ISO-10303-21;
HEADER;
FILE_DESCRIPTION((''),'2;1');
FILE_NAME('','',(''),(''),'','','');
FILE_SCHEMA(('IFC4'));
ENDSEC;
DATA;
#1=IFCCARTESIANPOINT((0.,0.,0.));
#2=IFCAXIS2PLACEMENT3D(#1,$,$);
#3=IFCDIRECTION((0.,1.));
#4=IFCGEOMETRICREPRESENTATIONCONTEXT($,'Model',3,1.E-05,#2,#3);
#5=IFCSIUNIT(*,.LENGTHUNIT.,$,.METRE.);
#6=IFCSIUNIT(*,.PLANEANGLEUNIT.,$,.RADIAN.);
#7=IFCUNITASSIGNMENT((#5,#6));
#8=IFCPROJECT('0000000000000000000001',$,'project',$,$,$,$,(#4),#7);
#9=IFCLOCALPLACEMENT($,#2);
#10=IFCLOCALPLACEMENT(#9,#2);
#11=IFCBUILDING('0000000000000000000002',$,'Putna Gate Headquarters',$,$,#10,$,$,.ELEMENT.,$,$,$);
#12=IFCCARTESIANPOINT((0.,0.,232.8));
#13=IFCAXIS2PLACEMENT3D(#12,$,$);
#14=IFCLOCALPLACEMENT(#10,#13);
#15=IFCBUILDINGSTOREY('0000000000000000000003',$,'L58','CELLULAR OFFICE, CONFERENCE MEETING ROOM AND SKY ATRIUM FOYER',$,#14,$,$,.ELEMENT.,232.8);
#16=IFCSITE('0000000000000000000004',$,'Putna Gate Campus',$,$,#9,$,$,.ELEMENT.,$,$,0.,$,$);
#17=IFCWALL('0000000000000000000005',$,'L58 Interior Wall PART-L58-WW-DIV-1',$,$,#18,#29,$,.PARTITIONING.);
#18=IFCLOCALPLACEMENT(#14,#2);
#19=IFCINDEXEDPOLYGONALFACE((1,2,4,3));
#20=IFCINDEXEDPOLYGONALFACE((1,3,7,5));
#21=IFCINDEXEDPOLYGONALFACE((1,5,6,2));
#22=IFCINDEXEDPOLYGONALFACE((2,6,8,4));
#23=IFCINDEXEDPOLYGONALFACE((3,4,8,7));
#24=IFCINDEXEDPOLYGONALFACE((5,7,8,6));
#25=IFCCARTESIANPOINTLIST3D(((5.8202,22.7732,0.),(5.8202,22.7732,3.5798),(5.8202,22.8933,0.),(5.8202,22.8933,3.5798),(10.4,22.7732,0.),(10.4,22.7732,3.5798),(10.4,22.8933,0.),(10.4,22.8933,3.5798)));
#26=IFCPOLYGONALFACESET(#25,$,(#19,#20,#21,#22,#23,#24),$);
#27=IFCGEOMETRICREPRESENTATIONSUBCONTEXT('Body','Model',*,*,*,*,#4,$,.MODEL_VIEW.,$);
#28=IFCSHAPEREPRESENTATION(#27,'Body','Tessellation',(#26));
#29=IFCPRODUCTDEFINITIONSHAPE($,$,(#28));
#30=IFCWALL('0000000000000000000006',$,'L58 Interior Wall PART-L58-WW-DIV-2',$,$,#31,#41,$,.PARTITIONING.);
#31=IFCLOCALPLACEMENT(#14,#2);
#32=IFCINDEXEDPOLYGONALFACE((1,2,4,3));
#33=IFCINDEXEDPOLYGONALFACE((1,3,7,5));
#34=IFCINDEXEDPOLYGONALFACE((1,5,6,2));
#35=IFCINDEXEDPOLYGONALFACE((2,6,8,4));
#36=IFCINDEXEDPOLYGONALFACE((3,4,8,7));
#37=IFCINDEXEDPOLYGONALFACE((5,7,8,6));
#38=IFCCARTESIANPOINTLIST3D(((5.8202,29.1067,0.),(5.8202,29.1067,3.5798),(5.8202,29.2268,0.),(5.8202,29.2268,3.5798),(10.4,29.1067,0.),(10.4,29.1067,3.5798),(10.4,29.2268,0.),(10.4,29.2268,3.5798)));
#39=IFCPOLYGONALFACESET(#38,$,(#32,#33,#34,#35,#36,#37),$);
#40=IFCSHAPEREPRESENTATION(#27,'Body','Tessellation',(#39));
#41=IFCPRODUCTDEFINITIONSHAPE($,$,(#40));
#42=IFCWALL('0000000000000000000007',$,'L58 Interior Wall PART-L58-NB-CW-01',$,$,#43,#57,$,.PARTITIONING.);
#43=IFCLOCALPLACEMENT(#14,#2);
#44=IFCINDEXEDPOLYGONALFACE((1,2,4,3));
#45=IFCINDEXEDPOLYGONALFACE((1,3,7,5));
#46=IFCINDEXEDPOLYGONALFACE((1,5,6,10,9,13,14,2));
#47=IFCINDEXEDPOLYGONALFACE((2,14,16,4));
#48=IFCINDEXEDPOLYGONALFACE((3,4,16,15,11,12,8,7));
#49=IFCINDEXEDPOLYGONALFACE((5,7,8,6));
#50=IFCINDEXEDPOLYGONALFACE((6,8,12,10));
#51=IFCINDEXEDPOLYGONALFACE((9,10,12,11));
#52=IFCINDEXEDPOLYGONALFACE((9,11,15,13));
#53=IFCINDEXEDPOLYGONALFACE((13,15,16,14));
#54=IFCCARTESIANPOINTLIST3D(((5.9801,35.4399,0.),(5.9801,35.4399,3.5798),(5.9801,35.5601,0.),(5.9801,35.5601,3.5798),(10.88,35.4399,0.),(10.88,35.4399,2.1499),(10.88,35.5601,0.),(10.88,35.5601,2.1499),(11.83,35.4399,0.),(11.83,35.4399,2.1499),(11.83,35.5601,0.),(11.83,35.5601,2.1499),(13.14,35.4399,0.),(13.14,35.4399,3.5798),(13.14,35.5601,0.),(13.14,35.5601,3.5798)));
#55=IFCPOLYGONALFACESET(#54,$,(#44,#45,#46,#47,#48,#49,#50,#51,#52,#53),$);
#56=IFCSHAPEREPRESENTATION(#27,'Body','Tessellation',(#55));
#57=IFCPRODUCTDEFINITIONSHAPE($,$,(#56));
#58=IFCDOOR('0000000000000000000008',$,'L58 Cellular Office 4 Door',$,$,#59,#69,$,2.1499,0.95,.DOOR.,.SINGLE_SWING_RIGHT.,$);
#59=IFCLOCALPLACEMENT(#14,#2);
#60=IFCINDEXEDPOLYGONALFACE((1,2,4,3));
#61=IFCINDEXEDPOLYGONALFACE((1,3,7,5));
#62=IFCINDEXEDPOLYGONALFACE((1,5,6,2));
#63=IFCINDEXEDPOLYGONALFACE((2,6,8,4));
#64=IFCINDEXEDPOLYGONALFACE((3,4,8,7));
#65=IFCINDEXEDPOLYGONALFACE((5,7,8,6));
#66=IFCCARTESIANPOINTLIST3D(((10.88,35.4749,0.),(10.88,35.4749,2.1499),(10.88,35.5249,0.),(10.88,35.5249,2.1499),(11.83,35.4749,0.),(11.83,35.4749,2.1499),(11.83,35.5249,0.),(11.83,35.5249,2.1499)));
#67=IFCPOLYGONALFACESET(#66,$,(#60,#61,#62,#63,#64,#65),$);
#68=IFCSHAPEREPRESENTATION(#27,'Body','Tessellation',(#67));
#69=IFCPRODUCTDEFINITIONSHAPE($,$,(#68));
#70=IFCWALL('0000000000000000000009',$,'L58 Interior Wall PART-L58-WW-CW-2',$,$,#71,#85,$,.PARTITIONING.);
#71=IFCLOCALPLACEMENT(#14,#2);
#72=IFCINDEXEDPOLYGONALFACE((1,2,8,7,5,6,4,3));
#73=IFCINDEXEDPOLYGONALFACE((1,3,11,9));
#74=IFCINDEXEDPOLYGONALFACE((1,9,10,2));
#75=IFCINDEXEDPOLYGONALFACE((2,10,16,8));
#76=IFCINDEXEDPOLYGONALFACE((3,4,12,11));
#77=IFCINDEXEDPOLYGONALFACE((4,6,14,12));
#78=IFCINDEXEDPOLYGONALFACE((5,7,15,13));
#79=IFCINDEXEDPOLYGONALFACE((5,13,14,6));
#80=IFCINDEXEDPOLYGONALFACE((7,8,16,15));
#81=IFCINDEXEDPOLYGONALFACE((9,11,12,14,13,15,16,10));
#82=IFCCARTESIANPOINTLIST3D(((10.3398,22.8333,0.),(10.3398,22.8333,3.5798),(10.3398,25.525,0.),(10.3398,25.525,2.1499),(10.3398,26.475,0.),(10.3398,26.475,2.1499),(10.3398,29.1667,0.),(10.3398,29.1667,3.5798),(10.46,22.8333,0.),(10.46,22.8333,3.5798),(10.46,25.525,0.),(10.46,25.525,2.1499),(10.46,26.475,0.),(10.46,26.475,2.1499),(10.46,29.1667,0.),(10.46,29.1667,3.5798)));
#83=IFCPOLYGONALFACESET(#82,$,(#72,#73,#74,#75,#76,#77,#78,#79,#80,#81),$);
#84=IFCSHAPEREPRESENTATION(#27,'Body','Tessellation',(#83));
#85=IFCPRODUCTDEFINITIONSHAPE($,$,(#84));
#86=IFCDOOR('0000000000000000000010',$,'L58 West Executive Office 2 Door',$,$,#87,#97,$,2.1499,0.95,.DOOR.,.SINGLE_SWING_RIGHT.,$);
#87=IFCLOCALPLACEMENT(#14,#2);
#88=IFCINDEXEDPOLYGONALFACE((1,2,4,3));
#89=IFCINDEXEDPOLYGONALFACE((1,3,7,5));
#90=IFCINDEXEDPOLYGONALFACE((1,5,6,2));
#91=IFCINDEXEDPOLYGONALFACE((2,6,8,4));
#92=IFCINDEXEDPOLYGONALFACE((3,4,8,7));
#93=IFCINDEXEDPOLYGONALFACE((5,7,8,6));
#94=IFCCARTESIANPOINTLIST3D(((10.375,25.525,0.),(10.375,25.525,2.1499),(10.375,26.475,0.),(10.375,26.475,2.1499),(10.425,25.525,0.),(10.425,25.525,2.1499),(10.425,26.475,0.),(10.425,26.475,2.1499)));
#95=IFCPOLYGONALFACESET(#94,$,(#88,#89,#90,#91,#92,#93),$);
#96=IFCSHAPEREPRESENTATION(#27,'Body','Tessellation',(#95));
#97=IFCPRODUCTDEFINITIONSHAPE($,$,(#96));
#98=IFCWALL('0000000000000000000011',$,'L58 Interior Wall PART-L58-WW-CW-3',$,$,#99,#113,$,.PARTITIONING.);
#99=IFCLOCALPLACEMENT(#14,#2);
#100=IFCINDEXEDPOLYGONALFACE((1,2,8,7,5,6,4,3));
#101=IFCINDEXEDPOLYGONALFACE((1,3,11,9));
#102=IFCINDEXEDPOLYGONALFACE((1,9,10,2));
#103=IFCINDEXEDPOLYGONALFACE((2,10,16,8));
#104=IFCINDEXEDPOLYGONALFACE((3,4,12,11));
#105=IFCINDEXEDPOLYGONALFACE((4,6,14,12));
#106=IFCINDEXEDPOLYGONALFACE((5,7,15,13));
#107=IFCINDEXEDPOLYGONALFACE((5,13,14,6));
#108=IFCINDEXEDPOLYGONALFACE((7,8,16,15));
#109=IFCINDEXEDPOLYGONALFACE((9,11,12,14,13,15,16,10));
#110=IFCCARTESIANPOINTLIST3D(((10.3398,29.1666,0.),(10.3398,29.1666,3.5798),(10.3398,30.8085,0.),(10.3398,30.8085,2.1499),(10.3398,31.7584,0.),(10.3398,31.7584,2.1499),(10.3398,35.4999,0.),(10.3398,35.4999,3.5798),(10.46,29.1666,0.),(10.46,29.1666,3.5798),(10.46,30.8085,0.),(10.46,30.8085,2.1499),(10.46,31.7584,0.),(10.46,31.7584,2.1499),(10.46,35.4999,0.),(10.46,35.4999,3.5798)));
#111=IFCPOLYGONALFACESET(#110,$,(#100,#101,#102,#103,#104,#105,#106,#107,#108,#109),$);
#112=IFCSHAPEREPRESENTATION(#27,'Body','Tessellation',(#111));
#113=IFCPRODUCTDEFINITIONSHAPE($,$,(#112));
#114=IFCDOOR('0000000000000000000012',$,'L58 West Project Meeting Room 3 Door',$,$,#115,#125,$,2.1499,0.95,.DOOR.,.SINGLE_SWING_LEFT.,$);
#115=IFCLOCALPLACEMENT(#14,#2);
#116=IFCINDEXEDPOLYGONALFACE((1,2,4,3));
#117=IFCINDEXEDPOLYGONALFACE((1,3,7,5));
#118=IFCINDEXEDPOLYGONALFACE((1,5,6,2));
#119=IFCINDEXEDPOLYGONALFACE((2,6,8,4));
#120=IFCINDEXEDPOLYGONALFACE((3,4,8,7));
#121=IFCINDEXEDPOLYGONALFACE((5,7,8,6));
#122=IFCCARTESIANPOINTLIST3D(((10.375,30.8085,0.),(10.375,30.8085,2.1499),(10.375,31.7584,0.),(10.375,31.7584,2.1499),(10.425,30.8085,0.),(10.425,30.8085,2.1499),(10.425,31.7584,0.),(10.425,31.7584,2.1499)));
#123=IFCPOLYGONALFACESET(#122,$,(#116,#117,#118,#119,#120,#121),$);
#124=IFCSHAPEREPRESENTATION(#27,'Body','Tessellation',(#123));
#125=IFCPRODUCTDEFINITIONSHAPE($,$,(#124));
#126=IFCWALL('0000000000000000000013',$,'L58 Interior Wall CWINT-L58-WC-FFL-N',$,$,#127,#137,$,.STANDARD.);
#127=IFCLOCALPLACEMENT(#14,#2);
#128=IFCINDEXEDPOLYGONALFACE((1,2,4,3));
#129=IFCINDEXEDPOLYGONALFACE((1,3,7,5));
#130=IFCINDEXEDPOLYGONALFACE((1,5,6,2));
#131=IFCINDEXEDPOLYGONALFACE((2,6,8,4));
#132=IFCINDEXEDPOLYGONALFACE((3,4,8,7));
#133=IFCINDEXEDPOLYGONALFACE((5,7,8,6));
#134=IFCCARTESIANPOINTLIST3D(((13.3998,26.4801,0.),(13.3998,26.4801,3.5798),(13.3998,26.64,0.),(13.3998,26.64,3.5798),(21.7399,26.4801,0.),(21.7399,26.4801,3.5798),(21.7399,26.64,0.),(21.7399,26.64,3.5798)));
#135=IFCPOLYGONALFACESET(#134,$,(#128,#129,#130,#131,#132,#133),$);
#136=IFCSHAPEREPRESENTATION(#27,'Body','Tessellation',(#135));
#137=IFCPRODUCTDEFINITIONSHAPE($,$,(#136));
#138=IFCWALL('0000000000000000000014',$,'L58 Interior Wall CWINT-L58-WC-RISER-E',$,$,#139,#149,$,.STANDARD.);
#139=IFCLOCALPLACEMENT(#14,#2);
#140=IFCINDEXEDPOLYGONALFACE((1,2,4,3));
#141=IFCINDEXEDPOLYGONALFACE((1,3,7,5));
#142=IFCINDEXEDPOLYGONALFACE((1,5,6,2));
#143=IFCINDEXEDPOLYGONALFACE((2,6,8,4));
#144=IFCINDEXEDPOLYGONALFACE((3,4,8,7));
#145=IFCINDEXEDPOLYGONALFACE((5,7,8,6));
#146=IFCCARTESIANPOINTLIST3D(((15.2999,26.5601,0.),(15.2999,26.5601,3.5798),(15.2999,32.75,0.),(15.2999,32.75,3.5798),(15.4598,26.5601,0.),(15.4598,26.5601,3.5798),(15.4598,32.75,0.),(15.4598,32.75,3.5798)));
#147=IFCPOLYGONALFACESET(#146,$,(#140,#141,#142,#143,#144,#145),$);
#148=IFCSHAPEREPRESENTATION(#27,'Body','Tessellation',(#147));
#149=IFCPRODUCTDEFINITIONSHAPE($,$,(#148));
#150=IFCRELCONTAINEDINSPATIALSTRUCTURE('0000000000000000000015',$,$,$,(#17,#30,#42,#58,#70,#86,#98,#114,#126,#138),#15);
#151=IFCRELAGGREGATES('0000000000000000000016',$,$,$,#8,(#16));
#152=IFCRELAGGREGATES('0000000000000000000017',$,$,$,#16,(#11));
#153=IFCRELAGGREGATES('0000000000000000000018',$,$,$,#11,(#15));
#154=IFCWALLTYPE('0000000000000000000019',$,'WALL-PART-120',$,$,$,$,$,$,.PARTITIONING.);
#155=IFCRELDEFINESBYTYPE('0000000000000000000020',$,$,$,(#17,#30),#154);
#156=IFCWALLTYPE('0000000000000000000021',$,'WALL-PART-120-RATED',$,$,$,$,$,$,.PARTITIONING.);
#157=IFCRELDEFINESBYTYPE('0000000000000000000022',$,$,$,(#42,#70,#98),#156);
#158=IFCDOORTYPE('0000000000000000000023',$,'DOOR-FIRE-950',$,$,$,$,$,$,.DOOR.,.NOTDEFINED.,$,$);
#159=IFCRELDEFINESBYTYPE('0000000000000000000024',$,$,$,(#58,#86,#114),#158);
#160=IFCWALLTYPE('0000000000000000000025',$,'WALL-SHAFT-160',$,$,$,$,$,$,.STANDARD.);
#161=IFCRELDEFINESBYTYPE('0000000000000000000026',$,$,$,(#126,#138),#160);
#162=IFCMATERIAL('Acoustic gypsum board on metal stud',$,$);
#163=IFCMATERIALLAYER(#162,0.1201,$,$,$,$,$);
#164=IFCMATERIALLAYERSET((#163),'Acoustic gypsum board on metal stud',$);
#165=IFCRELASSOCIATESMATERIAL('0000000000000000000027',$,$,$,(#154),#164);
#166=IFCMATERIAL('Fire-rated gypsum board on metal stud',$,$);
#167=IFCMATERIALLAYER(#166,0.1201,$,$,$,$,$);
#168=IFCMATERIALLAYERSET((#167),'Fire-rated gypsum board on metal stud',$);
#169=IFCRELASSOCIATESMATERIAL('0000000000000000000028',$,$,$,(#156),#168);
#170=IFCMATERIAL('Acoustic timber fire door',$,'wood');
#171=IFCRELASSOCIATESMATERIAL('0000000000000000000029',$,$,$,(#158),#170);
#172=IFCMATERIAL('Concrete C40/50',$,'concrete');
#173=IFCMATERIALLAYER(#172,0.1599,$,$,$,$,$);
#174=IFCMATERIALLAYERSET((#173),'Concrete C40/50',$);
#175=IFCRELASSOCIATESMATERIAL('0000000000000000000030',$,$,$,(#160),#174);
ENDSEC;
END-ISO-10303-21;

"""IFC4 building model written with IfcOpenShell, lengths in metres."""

from ifc_helpers import new_model, si_unit, direction, frame, frame_2d, origin, place, context, subcontext, project, spatial, rectangle, extrude, material, layer, layer_set, type_object, element, fill, save


model = new_model("IFC4")

# Units and contexts
model_context = context("Model", 3, precision=1e-05, world=origin(), true_north=direction((0.0, 1.0)))
body_context = subcontext(model_context, "Body", "Model", "MODEL_VIEW")
ifc_project = project(units=[si_unit("LENGTHUNIT", "METRE"), si_unit("PLANEANGLEUNIT", "RADIAN")], contexts=[model_context])

# Site, building, storey
site_placement = place(None, origin())
site = spatial("IfcSite", under=ifc_project, at=site_placement, Name="Putna Gate Campus", CompositionType="ELEMENT", RefElevation=0.0)
building_placement = place(site_placement, origin())
building = spatial("IfcBuilding", under=site, at=building_placement, Name="Putna Gate Headquarters", CompositionType="ELEMENT")
storey_placement = place(building_placement, frame((0.0, 0.0, 232.8)))
storey = spatial("IfcBuildingStorey", under=building, at=storey_placement, Name="L58", Description="CELLULAR OFFICE, CONFERENCE MEETING ROOM AND SKY ATRIUM FOYER", CompositionType="ELEMENT", Elevation=232.8)

# Walls
ifc_material_1 = material(Name="Acoustic gypsum board on metal stud")
ifc_layer_1 = layer(ifc_material_1, 0.1201)
ifc_layer_set_1 = layer_set([ifc_layer_1], Name="Acoustic gypsum board on metal stud")
wall_type_1 = type_object("IfcWallType", Name="WALL-PART-120", PredefinedType="PARTITIONING", material=ifc_layer_set_1)
for number, where, z_axis, x_axis, name in (
    (1, (5.8201, 22.8333, 0.0), (0.0, 0.0, 1.0), (1.0, 0.0, 0.0), "L58 Interior Wall PART-L58-WW-DIV-1"),
    (2, (5.8201, 29.1667, 0.0), (0.0, 0.0, 1.0), (1.0, 0.0, 0.0), "L58 Interior Wall PART-L58-WW-DIV-2"),
):
    element("IfcWall", number, at=place(storey_placement, frame(where, z_axis=z_axis, x_axis=x_axis)), inside=storey, type_object=wall_type_1, Name=name, PredefinedType="PARTITIONING", context=body_context, shape_type="SweptSolid", body=[
        extrude(rectangle(XDim=4.5798, YDim=0.1201, at=frame_2d((2.29, 0.0))), origin(), (0.0, 0.0, 1.0), 3.5798),
    ])

# Walls, openings, doors
ifc_material_2 = material(Name="Fire-rated gypsum board on metal stud")
ifc_layer_2 = layer(ifc_material_2, 0.1201)
ifc_layer_set_2 = layer_set([ifc_layer_2], Name="Fire-rated gypsum board on metal stud")
wall_type_2 = type_object("IfcWallType", Name="WALL-PART-120-RATED", PredefinedType="PARTITIONING", material=ifc_layer_set_2)
wall_1_placement = place(storey_placement, frame((5.98, 35.5, 0.0), z_axis=(0.0, 0.0, 1.0), x_axis=(1.0, 0.0, 0.0)))
wall_1 = element("IfcWall", 3, at=wall_1_placement, inside=storey, type_object=wall_type_2, Name="L58 Interior Wall PART-L58-NB-CW-01", PredefinedType="PARTITIONING", context=body_context, shape_type="SweptSolid", body=[
    extrude(rectangle(XDim=7.1599, YDim=0.1201, at=frame_2d((3.5801, 0.0))), origin(), (0.0, 0.0, 1.0), 3.5798),
])
opening_1_placement = place(wall_1_placement, frame((4.8999, 0.0, 0.0)))
opening_1 = element("IfcOpeningElement", 4, at=opening_1_placement, cuts=wall_1, PredefinedType="OPENING", context=body_context, shape_type="SweptSolid", body=[
    extrude(rectangle(XDim=0.95, YDim=2.1499, at=frame_2d((0.4751, 1.075))), frame((0.0, 0.0701, 0.0), z_axis=(0.0, -1.0, 0.0), x_axis=(1.0, 0.0, 0.0)), (0.0, 0.0, 1.0), 0.1401),
])
ifc_material_3 = material(Name="Acoustic timber fire door", Category="wood")
door_type_1 = type_object("IfcDoorType", Name="DOOR-FIRE-950", OperationType="NOTDEFINED", PredefinedType="DOOR", material=ifc_material_3)
door_1_placement = place(opening_1_placement, origin())
door_1 = element("IfcDoor", 5, at=door_1_placement, inside=storey, type_object=door_type_1, Name="L58 Cellular Office 4 Door", OperationType="SINGLE_SWING_RIGHT", OverallHeight=2.1499, OverallWidth=0.95, PredefinedType="DOOR", context=body_context, shape_type="SweptSolid", body=[
    extrude(rectangle(XDim=0.95, YDim=2.1499, at=frame_2d((0.4751, 1.075))), frame((0.0, 0.0249, 0.0), z_axis=(0.0, -1.0, 0.0), x_axis=(1.0, 0.0, 0.0)), (0.0, 0.0, 1.0), 0.05),
])
fill(opening_1, door_1)
wall_2_placement = place(storey_placement, frame((10.3999, 22.8333, 0.0), z_axis=(0.0, 0.0, 1.0), x_axis=(0.0, 1.0, 0.0)))
wall_2 = element("IfcWall", 6, at=wall_2_placement, inside=storey, type_object=wall_type_2, Name="L58 Interior Wall PART-L58-WW-CW-2", PredefinedType="PARTITIONING", context=body_context, shape_type="SweptSolid", body=[
    extrude(rectangle(XDim=6.3335, YDim=0.1201, at=frame_2d((3.1667, 0.0))), origin(), (0.0, 0.0, 1.0), 3.5798),
])
opening_2_placement = place(wall_2_placement, frame((2.6917, 0.0, 0.0)))
opening_2 = element("IfcOpeningElement", 7, at=opening_2_placement, cuts=wall_2, PredefinedType="OPENING", context=body_context, shape_type="SweptSolid", body=[
    extrude(rectangle(XDim=0.95, YDim=2.1499, at=frame_2d((0.4751, 1.075))), frame((0.0, 0.0701, 0.0), z_axis=(0.0, -1.0, 0.0), x_axis=(1.0, 0.0, 0.0)), (0.0, 0.0, 1.0), 0.1401),
])
door_2_placement = place(opening_2_placement, origin())
door_2 = element("IfcDoor", 8, at=door_2_placement, inside=storey, type_object=door_type_1, Name="L58 West Executive Office 2 Door", OperationType="SINGLE_SWING_RIGHT", OverallHeight=2.1499, OverallWidth=0.95, PredefinedType="DOOR", context=body_context, shape_type="SweptSolid", body=[
    extrude(rectangle(XDim=0.95, YDim=2.1499, at=frame_2d((0.4751, 1.075))), frame((0.0, 0.0249, 0.0), z_axis=(0.0, -1.0, 0.0), x_axis=(1.0, 0.0, 0.0)), (0.0, 0.0, 1.0), 0.05),
])
fill(opening_2, door_2)
wall_3_placement = place(storey_placement, frame((10.3999, 29.1667, 0.0), z_axis=(0.0, 0.0, 1.0), x_axis=(0.0, 1.0, 0.0)))
wall_3 = element("IfcWall", 9, at=wall_3_placement, inside=storey, type_object=wall_type_2, Name="L58 Interior Wall PART-L58-WW-CW-3", PredefinedType="PARTITIONING", context=body_context, shape_type="SweptSolid", body=[
    extrude(rectangle(XDim=6.3333, YDim=0.1201, at=frame_2d((3.1665, 0.0))), origin(), (0.0, 0.0, 1.0), 3.5798),
])
opening_3_placement = place(wall_3_placement, frame((1.6416, 0.0, 0.0)))
opening_3 = element("IfcOpeningElement", 10, at=opening_3_placement, cuts=wall_3, PredefinedType="OPENING", context=body_context, shape_type="SweptSolid", body=[
    extrude(rectangle(XDim=0.95, YDim=2.1499, at=frame_2d((0.4751, 1.075))), frame((0.0, 0.0701, 0.0), z_axis=(0.0, -1.0, 0.0), x_axis=(1.0, 0.0, 0.0)), (0.0, 0.0, 1.0), 0.1401),
])
door_3_placement = place(opening_3_placement, origin())
door_3 = element("IfcDoor", 11, at=door_3_placement, inside=storey, type_object=door_type_1, Name="L58 West Project Meeting Room 3 Door", OperationType="SINGLE_SWING_LEFT", OverallHeight=2.1499, OverallWidth=0.95, PredefinedType="DOOR", context=body_context, shape_type="SweptSolid", body=[
    extrude(rectangle(XDim=0.95, YDim=2.1499, at=frame_2d((0.4751, 1.075))), frame((0.0, 0.0249, 0.0), z_axis=(0.0, -1.0, 0.0), x_axis=(1.0, 0.0, 0.0)), (0.0, 0.0, 1.0), 0.05),
])
fill(opening_3, door_3)

# Walls
ifc_material_4 = material(Name="Concrete C40/50", Category="concrete")
ifc_layer_3 = layer(ifc_material_4, 0.1599)
ifc_layer_set_3 = layer_set([ifc_layer_3], Name="Concrete C40/50")
wall_type_3 = type_object("IfcWallType", Name="WALL-SHAFT-160", PredefinedType="STANDARD", material=ifc_layer_set_3)
wall_4_placement = place(storey_placement, frame((13.3999, 26.5601, 0.0), z_axis=(0.0, 0.0, 1.0), x_axis=(1.0, 0.0, 0.0)))
element("IfcWall", 12, at=wall_4_placement, inside=storey, type_object=wall_type_3, Name="L58 Interior Wall CWINT-L58-WC-FFL-N", PredefinedType="STANDARD", context=body_context, shape_type="SweptSolid", body=[
    extrude(rectangle(XDim=8.3401, YDim=0.1599, at=frame_2d((4.1699, 0.0))), origin(), (0.0, 0.0, 1.0), 3.5798),
])
wall_5_placement = place(storey_placement, frame((15.3799, 26.5601, 0.0), z_axis=(0.0, 0.0, 1.0), x_axis=(0.0, 1.0, 0.0)))
element("IfcWall", 13, at=wall_5_placement, inside=storey, type_object=wall_type_3, Name="L58 Interior Wall CWINT-L58-WC-RISER-E", PredefinedType="STANDARD", context=body_context, shape_type="SweptSolid", body=[
    extrude(rectangle(XDim=6.1899, YDim=0.1599, at=frame_2d((3.095, 0.0))), origin(), (0.0, 0.0, 1.0), 3.5798),
])

save(model, "model.ifc")
